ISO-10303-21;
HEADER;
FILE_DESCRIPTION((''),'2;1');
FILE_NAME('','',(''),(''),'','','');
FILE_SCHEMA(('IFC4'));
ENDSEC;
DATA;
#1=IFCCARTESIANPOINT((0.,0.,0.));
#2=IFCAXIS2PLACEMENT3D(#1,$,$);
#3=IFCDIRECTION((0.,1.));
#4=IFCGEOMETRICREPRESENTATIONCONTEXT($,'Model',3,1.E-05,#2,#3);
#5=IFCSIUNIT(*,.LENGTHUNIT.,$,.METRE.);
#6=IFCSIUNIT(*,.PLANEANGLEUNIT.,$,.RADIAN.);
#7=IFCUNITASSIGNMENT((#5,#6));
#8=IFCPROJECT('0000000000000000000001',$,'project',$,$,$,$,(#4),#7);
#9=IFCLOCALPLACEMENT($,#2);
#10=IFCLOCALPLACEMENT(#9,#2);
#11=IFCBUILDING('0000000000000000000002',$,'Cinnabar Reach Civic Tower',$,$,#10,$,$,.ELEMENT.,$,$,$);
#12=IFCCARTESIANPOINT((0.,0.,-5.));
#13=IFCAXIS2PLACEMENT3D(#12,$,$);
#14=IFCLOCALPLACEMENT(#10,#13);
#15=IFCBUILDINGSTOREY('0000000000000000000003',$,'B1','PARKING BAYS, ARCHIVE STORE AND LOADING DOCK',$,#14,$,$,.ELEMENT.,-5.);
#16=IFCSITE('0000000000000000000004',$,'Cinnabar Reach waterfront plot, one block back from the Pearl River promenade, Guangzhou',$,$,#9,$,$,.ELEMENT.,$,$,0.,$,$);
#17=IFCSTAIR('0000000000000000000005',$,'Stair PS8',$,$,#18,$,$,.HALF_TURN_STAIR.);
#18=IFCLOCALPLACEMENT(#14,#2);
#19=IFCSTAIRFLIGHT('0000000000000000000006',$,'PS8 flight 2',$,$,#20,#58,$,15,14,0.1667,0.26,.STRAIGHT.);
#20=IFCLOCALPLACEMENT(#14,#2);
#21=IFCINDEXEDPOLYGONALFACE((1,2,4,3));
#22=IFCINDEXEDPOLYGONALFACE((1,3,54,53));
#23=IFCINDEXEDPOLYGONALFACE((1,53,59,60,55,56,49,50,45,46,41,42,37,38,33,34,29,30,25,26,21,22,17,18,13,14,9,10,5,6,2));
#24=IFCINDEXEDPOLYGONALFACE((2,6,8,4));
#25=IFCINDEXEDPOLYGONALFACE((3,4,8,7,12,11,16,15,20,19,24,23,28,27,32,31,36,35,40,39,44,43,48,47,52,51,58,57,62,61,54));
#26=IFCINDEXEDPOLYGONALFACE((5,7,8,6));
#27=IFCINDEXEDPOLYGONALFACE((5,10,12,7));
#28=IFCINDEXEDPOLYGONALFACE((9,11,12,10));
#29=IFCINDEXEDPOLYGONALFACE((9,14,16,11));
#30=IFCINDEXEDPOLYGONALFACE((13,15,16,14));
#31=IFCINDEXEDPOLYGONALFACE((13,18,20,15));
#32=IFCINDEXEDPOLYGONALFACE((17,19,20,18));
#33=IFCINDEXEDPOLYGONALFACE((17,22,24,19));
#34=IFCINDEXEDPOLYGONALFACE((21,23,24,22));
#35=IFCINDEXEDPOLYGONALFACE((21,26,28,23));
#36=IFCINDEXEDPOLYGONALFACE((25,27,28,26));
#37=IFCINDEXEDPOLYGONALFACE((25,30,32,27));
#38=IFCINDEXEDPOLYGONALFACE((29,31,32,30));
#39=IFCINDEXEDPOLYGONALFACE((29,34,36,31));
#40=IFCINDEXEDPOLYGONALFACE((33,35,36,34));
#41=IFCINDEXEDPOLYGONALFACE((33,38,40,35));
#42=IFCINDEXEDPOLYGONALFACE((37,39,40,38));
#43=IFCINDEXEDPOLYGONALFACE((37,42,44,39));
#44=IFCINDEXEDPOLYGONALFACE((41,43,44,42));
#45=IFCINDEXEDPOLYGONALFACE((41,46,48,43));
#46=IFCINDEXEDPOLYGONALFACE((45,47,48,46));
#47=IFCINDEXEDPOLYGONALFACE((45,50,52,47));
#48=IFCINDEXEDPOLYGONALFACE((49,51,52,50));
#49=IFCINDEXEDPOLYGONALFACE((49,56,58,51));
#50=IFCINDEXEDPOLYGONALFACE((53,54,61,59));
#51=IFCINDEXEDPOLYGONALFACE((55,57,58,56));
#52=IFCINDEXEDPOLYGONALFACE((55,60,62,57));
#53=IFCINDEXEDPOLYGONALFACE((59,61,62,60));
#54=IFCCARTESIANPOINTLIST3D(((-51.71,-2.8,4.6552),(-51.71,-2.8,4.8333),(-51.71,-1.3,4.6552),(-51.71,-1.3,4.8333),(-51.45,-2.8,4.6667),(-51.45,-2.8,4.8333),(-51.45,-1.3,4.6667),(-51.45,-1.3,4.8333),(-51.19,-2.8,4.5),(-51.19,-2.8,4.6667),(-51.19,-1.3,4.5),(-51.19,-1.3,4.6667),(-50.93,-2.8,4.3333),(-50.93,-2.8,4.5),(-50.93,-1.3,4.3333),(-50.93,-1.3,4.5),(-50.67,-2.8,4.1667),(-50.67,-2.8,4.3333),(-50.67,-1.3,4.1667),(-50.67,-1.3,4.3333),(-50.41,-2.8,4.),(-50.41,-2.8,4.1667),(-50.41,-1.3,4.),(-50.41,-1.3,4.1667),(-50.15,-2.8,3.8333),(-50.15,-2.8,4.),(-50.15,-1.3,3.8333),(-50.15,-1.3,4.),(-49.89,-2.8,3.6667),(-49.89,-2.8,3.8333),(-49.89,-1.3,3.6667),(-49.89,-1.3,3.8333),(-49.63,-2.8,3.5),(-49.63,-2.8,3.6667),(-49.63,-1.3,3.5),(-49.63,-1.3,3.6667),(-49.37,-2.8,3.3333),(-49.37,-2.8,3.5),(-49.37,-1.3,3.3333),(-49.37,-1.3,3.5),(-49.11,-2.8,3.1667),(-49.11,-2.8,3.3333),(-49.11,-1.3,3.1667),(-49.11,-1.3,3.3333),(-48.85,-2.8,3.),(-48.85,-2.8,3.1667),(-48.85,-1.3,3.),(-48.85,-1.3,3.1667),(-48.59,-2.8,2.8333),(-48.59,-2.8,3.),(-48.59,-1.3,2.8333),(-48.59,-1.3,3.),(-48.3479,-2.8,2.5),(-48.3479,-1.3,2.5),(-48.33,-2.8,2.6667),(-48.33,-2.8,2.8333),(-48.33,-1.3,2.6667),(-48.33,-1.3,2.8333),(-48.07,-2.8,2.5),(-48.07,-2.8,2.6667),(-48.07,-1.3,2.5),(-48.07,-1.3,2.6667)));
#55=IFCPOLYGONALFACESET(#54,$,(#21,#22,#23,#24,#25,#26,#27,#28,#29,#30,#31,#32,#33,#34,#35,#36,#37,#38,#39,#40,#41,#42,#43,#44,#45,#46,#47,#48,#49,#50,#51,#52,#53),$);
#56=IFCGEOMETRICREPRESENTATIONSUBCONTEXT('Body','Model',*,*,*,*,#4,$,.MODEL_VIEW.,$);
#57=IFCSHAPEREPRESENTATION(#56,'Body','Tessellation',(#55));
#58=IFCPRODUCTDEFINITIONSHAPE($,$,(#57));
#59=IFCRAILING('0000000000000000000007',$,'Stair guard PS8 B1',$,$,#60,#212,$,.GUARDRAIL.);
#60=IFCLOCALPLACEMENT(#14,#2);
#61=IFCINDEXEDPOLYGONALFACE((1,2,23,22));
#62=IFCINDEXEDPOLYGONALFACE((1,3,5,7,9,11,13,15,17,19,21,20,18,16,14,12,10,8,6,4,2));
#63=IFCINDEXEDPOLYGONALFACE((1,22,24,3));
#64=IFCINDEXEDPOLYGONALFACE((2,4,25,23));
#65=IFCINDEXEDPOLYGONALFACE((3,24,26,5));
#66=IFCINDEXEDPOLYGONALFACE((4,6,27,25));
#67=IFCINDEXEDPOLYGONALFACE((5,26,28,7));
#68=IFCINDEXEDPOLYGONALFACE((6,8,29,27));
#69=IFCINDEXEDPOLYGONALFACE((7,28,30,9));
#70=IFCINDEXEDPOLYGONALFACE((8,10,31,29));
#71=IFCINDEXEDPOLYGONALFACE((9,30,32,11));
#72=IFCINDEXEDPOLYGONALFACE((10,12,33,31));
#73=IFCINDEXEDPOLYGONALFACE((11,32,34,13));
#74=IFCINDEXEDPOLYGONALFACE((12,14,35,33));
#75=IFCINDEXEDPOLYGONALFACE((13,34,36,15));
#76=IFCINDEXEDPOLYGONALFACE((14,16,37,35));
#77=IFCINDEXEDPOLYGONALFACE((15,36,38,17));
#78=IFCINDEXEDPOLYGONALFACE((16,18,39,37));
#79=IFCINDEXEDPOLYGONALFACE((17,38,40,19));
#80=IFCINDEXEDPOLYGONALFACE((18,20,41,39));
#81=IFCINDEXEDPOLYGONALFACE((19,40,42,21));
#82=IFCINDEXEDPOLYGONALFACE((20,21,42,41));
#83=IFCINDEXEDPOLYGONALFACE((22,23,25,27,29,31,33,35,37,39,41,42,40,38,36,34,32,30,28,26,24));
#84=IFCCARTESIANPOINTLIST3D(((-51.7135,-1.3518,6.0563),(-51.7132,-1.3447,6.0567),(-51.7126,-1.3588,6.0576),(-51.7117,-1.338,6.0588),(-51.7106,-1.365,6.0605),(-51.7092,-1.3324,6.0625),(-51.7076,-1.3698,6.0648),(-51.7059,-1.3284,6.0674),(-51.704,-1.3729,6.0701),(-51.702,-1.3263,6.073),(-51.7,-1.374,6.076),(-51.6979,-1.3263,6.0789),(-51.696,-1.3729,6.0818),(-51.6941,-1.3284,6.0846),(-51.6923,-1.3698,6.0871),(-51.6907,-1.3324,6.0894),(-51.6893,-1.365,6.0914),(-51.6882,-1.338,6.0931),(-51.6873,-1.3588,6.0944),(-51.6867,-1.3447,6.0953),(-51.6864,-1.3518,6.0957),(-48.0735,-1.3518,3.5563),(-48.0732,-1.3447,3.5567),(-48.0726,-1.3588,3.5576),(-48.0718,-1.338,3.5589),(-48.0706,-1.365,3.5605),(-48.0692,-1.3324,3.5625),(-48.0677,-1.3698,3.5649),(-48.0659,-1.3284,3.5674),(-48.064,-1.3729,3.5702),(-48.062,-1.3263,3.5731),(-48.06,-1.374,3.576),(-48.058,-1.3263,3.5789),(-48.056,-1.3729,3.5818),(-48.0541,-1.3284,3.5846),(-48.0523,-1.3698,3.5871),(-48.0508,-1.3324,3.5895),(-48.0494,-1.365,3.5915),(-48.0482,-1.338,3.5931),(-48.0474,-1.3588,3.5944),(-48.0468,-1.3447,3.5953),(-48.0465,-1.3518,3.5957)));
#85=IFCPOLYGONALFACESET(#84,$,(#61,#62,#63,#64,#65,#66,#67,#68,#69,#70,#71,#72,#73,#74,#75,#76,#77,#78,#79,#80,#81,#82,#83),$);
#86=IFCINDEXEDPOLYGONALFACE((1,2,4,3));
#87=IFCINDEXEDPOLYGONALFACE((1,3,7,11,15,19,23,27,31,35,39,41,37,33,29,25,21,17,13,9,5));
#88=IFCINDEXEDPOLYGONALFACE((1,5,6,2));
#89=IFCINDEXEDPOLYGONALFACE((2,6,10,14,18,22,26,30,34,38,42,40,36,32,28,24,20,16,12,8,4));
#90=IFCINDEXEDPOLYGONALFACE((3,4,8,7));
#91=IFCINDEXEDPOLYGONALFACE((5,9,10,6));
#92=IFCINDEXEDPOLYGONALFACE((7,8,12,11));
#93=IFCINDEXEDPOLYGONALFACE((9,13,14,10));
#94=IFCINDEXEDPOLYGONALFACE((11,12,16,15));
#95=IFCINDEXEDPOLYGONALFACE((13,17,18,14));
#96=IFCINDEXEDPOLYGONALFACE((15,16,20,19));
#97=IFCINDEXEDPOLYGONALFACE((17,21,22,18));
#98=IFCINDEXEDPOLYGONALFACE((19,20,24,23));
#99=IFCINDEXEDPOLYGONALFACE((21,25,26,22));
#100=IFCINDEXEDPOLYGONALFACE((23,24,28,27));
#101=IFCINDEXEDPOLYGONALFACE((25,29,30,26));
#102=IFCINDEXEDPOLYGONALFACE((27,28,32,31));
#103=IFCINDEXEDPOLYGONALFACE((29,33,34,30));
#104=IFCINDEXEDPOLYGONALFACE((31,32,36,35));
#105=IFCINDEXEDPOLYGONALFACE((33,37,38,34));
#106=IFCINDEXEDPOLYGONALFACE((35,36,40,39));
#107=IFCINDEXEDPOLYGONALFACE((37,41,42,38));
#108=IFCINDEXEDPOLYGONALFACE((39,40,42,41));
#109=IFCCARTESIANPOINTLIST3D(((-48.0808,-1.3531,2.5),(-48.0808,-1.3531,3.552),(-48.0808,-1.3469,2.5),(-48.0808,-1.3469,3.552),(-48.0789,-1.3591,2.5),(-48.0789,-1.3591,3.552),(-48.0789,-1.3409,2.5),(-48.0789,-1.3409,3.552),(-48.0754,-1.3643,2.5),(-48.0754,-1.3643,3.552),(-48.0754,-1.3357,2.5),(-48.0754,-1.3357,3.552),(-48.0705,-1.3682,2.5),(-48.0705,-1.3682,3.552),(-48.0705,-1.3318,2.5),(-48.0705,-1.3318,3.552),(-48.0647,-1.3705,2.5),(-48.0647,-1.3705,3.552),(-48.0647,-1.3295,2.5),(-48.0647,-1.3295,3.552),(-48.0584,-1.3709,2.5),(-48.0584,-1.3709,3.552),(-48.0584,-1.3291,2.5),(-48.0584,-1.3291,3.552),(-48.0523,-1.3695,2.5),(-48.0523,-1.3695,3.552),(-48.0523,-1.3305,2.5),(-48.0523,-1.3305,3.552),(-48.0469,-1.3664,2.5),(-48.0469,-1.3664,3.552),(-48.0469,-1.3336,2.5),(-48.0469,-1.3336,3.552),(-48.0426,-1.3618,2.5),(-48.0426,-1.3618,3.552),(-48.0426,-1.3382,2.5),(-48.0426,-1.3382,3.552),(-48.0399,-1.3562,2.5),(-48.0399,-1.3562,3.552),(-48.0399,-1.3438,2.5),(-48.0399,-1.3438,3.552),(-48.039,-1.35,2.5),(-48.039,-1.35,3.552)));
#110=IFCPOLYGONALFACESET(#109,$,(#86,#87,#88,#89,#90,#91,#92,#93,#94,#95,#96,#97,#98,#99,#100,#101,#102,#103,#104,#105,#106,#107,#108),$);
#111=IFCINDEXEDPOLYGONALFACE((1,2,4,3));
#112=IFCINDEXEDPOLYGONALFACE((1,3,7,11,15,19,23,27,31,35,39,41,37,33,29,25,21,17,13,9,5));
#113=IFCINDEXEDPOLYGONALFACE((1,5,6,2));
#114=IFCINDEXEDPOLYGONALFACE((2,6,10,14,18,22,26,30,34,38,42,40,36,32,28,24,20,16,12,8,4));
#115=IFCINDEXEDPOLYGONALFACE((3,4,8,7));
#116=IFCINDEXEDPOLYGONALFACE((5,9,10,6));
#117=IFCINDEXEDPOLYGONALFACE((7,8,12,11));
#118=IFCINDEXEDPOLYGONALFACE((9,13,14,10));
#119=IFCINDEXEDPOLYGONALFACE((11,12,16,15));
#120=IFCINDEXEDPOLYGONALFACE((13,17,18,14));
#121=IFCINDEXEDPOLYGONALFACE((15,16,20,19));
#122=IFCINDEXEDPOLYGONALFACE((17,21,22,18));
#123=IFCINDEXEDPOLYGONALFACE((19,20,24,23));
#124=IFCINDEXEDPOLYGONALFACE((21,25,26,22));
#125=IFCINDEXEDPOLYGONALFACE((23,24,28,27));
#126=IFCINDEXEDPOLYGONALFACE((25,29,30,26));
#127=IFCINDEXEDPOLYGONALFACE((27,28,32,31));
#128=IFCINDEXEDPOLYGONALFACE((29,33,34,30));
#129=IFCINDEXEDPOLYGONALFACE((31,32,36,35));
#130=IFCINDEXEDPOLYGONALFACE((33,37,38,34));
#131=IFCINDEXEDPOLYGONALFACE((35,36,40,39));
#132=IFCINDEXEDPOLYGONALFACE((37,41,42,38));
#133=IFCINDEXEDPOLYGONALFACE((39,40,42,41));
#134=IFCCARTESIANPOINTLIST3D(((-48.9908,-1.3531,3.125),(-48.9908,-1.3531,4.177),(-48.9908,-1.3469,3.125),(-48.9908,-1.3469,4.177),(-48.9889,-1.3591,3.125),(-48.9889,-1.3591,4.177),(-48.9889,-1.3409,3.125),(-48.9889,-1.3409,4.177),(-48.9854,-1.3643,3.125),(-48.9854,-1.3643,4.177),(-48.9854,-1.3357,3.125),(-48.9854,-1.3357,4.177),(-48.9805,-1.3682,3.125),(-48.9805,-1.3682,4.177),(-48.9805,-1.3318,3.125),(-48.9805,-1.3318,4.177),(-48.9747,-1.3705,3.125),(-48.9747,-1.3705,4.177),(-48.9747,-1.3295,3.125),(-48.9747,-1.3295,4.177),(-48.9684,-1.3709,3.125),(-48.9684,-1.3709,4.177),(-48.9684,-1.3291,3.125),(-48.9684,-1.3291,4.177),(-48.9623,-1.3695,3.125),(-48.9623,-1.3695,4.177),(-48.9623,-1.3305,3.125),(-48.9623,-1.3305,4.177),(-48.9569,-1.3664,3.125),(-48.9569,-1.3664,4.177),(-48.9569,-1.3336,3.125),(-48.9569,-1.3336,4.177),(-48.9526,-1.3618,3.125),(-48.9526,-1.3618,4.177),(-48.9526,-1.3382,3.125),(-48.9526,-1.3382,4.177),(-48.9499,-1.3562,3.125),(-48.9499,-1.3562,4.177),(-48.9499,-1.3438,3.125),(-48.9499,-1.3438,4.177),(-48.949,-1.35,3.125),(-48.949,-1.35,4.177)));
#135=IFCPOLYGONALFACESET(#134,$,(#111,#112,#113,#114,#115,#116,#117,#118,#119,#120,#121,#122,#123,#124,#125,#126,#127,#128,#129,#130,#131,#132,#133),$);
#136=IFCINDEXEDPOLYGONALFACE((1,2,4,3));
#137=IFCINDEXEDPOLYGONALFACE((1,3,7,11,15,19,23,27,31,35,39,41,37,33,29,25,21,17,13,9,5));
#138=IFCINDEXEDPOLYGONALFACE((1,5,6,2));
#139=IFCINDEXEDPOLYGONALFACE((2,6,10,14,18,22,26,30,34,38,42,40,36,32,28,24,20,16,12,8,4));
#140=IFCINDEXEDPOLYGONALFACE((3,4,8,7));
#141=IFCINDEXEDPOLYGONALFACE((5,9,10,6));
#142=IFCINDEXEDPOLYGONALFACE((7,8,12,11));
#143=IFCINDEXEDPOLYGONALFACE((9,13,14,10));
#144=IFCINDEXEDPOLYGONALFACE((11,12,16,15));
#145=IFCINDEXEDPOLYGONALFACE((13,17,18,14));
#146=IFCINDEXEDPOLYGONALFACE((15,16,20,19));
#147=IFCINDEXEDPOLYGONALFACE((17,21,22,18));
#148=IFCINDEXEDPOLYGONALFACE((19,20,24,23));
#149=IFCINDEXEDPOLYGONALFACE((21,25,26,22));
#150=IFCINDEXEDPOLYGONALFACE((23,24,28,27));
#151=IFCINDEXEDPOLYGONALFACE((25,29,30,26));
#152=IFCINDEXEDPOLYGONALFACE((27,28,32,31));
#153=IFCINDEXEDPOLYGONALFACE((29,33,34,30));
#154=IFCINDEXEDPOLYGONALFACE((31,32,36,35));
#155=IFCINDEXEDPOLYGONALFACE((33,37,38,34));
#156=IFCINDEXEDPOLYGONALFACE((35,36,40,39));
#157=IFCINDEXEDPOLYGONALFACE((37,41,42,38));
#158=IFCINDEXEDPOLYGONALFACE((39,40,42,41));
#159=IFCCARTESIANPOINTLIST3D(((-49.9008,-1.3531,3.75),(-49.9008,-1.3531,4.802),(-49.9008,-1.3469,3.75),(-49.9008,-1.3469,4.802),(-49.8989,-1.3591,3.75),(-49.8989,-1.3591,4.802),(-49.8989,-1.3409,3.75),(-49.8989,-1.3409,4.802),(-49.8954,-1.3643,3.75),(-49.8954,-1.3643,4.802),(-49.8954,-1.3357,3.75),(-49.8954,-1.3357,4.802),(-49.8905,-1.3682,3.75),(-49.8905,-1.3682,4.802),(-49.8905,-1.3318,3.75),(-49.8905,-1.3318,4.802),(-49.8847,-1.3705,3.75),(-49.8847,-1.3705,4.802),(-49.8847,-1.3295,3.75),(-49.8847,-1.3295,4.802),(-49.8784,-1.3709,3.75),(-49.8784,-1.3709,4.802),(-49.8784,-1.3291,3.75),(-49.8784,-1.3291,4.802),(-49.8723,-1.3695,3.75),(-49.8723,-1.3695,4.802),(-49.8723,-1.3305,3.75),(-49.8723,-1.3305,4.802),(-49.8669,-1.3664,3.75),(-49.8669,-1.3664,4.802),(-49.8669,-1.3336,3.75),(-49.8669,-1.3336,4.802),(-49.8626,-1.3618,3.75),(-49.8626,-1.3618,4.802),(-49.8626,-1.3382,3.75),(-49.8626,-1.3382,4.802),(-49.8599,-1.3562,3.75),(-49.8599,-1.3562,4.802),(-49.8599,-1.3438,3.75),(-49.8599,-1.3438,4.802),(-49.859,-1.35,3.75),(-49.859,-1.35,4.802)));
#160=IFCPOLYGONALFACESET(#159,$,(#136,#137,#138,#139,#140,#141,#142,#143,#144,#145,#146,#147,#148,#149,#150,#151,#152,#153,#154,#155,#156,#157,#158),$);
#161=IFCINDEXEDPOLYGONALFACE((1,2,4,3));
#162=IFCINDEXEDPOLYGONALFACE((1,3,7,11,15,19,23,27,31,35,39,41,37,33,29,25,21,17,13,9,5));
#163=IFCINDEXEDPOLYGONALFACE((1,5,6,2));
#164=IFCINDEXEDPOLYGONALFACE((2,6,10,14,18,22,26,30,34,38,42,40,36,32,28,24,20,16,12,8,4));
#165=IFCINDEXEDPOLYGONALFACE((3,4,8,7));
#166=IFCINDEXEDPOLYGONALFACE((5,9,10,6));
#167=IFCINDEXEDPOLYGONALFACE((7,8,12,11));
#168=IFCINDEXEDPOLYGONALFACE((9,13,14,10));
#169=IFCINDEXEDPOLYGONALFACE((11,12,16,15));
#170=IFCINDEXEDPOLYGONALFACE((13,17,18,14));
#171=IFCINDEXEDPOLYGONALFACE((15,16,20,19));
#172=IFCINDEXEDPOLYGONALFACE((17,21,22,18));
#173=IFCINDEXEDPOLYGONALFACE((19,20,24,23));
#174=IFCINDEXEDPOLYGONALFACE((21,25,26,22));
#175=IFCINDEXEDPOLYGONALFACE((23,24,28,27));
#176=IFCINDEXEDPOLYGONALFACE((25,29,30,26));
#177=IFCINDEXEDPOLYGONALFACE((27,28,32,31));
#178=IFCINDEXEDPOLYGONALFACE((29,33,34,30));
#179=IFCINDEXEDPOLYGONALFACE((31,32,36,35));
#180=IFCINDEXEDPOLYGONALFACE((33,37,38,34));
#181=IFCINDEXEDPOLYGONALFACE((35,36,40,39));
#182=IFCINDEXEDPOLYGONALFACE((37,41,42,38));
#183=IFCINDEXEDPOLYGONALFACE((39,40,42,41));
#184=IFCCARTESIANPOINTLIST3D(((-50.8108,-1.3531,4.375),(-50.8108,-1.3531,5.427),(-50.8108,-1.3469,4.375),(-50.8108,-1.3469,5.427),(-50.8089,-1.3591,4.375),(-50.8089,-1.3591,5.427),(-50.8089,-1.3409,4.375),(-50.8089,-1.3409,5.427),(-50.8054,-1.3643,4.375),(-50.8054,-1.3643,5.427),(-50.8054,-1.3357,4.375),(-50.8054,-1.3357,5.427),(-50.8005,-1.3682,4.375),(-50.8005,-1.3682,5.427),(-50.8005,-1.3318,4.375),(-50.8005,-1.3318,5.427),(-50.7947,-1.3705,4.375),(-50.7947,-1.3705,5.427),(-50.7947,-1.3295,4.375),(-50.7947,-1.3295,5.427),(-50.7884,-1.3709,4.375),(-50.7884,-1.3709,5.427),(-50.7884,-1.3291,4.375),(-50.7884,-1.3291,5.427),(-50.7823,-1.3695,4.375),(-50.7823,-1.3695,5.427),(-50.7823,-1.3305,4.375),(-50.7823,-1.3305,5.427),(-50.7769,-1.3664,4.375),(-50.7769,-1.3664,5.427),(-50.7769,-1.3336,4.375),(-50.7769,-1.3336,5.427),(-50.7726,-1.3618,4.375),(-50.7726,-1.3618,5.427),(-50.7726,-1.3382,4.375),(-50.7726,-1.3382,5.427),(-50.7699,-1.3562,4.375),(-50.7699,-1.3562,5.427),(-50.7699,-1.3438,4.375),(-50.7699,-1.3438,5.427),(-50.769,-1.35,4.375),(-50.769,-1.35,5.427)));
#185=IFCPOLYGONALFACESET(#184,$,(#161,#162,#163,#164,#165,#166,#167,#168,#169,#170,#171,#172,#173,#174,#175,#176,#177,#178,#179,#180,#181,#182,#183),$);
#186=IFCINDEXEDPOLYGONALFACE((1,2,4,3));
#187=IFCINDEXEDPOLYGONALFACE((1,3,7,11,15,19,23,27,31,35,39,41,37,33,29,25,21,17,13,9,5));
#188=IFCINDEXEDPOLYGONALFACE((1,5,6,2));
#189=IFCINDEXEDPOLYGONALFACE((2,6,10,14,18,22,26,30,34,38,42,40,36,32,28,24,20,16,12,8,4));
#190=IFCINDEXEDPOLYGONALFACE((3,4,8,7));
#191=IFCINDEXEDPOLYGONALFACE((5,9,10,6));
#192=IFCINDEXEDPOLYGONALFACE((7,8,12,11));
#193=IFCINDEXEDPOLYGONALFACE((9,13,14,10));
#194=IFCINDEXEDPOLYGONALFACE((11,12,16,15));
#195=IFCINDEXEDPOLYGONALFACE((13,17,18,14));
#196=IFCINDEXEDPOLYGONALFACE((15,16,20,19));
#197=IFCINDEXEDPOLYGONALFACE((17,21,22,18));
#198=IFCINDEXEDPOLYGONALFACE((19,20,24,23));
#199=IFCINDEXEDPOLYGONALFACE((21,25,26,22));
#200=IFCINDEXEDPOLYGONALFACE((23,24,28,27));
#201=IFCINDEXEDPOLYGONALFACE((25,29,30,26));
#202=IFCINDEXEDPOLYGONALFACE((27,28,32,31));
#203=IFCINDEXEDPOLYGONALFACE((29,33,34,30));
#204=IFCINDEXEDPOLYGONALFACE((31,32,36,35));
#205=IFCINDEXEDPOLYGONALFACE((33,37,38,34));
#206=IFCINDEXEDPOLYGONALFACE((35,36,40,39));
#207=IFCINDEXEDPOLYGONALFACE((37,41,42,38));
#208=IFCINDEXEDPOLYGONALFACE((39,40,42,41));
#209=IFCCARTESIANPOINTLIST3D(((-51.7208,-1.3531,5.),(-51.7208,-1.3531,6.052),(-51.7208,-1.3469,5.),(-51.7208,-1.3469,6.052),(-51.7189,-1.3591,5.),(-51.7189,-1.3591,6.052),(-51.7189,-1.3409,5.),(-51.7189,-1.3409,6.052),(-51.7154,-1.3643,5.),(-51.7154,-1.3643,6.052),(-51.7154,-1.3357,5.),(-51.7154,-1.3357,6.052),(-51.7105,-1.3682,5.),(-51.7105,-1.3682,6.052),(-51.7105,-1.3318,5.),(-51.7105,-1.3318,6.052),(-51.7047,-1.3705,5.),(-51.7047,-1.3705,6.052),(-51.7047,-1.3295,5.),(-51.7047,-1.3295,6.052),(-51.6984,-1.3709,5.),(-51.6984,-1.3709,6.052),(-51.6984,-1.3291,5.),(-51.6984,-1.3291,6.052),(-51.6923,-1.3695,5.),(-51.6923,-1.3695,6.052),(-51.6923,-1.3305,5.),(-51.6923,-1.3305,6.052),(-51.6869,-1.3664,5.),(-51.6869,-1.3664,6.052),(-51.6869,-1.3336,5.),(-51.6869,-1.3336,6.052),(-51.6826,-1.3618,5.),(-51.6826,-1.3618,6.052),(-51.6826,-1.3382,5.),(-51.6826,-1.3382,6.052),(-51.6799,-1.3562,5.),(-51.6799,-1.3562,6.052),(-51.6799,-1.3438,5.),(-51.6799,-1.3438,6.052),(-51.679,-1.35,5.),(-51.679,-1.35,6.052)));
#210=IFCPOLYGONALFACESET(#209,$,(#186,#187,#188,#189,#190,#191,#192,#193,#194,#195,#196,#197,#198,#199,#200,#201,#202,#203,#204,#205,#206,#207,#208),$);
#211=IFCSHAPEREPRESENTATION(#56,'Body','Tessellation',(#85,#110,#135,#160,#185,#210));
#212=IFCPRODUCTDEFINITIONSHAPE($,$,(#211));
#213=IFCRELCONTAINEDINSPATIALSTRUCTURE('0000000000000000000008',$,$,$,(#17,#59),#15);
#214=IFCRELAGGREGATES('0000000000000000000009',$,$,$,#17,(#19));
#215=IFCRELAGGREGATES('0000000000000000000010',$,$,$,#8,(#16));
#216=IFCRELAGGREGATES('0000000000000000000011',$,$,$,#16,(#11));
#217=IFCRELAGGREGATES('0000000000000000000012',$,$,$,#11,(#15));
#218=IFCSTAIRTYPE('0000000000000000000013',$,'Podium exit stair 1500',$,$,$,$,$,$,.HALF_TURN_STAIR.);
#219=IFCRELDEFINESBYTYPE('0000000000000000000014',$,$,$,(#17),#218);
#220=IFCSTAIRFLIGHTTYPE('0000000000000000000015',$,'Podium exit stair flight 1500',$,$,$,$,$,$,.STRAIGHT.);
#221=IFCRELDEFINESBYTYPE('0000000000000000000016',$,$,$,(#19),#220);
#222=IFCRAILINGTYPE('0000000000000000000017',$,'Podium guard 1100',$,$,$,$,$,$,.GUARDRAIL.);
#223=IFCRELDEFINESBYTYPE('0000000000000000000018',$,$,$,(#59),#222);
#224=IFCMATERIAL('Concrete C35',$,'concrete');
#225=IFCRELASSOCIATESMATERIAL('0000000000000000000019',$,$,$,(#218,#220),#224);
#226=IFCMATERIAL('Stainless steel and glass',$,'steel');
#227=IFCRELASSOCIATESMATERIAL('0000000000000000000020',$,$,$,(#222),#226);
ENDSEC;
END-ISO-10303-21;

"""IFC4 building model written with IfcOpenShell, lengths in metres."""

from ifc_helpers import new_model, si_unit, direction, frame, origin, origin_2d, place, context, subcontext, project, spatial, polyline, circle, outline, extrude, material, type_object, element, aggregate, save


model = new_model("IFC4")

# Units and contexts
model_context = context("Model", 3, precision=1e-05, world=origin(), true_north=direction((0.0, 1.0)))
body_context = subcontext(model_context, "Body", "Model", "MODEL_VIEW")
ifc_project = project(units=[si_unit("LENGTHUNIT", "METRE"), si_unit("PLANEANGLEUNIT", "RADIAN")], contexts=[model_context])

# Site, building, storey
site_placement = place(None, origin())
site = spatial("IfcSite", under=ifc_project, at=site_placement, Name="Cinnabar Reach waterfront plot, one block back from the Pearl River promenade, Guangzhou", CompositionType="ELEMENT", RefElevation=0.0)
building_placement = place(site_placement, origin())
building = spatial("IfcBuilding", under=site, at=building_placement, Name="Cinnabar Reach Civic Tower", CompositionType="ELEMENT")
storey_placement = place(building_placement, frame((0.0, 0.0, -5.0)))
storey = spatial("IfcBuildingStorey", under=building, at=storey_placement, Name="B1", Description="PARKING BAYS, ARCHIVE STORE AND LOADING DOCK", CompositionType="ELEMENT", Elevation=-5.0)

# Stair, stair flight
ifc_material_1 = material(Name="Concrete C35", Category="concrete")
stair_type = type_object("IfcStairType", Name="Podium exit stair 1500", PredefinedType="HALF_TURN_STAIR", material=ifc_material_1)
stair_placement = place(storey_placement, origin())
stair = element("IfcStair", 1, at=stair_placement, inside=storey, type_object=stair_type, Name="Stair PS8", PredefinedType="HALF_TURN_STAIR")
stair_flight_type = type_object("IfcStairFlightType", Name="Podium exit stair flight 1500", PredefinedType="STRAIGHT", material=ifc_material_1)
stair_flight_1_placement = place(storey_placement, frame((-48.07, -2.05, 2.5), z_axis=(0.0, 0.0, 1.0), x_axis=(-1.0, 0.0, 0.0)))
stair_flight_1 = element("IfcStairFlight", 2, at=stair_flight_1_placement, type_object=stair_flight_type, Name="PS8 flight 2", NumberOfRisers=15, NumberOfTreads=14, PredefinedType="STRAIGHT", RiserHeight=0.1667, TreadLength=0.26, context=body_context, shape_type="SweptSolid", body=[
    extrude(outline(polyline([(0.0, 0.0), (0.0, 0.1667), (0.26, 0.1667), (0.26, 0.3333), (0.52, 0.3333), (0.52, 0.5), (0.78, 0.5), (0.78, 0.6667), (1.04, 0.6667), (1.04, 0.8333), (1.3, 0.8333), (1.3, 1.0), (1.56, 1.0), (1.56, 1.1667), (1.82, 1.1667), (1.82, 1.3333), (2.08, 1.3333), (2.08, 1.5), (2.34, 1.5), (2.34, 1.6667), (2.6, 1.6667), (2.6, 1.8333), (2.86, 1.8333), (2.86, 2.0), (3.12, 2.0), (3.12, 2.1667), (3.38, 2.1667), (3.38, 2.3333), (3.64, 2.3333), (3.64, 2.5), (3.64, 2.1552), (0.2779, 0.0), (0.0, 0.0)])), frame((0.0, 0.75, 0.0), z_axis=(0.0, -1.0, 0.0), x_axis=(1.0, 0.0, 0.0)), (0.0, 0.0, 1.0), 1.5),
])
aggregate(stair, [stair_flight_1])

# Railing
ifc_material_2 = material(Name="Stainless steel and glass", Category="steel")
railing_type_1 = type_object("IfcRailingType", Name="Podium guard 1100", PredefinedType="GUARDRAIL", material=ifc_material_2)
railing_1_placement = place(storey_placement, frame((-48.06, -1.35, 2.5)))
element("IfcRailing", 3, at=railing_1_placement, inside=storey, type_object=railing_type_1, Name="Stair guard PS8 B1", PredefinedType="GUARDRAIL", context=body_context, shape_type="SweptSolid", body=[
    extrude(circle(Radius=0.024, at=origin_2d()), frame((0.0, 0.0, 1.076), z_axis=(-0.824306, 0.0, 0.566144), x_axis=(0.0, -1.0, 0.0)), (0.0, 0.0, 1.0), 4.4158),
    extrude(circle(Radius=0.021, at=origin_2d()), origin(), (0.0, 0.0, 1.0), 1.052),
    extrude(circle(Radius=0.021, at=origin_2d()), frame((-0.91, 0.0, 0.625)), (0.0, 0.0, 1.0), 1.052),
    extrude(circle(Radius=0.021, at=origin_2d()), frame((-1.82, 0.0, 1.25)), (0.0, 0.0, 1.0), 1.052),
    extrude(circle(Radius=0.021, at=origin_2d()), frame((-2.73, 0.0, 1.875)), (0.0, 0.0, 1.0), 1.052),
    extrude(circle(Radius=0.021, at=origin_2d()), frame((-3.64, 0.0, 2.5)), (0.0, 0.0, 1.0), 1.052),
])

save(model, "model.ifc")
